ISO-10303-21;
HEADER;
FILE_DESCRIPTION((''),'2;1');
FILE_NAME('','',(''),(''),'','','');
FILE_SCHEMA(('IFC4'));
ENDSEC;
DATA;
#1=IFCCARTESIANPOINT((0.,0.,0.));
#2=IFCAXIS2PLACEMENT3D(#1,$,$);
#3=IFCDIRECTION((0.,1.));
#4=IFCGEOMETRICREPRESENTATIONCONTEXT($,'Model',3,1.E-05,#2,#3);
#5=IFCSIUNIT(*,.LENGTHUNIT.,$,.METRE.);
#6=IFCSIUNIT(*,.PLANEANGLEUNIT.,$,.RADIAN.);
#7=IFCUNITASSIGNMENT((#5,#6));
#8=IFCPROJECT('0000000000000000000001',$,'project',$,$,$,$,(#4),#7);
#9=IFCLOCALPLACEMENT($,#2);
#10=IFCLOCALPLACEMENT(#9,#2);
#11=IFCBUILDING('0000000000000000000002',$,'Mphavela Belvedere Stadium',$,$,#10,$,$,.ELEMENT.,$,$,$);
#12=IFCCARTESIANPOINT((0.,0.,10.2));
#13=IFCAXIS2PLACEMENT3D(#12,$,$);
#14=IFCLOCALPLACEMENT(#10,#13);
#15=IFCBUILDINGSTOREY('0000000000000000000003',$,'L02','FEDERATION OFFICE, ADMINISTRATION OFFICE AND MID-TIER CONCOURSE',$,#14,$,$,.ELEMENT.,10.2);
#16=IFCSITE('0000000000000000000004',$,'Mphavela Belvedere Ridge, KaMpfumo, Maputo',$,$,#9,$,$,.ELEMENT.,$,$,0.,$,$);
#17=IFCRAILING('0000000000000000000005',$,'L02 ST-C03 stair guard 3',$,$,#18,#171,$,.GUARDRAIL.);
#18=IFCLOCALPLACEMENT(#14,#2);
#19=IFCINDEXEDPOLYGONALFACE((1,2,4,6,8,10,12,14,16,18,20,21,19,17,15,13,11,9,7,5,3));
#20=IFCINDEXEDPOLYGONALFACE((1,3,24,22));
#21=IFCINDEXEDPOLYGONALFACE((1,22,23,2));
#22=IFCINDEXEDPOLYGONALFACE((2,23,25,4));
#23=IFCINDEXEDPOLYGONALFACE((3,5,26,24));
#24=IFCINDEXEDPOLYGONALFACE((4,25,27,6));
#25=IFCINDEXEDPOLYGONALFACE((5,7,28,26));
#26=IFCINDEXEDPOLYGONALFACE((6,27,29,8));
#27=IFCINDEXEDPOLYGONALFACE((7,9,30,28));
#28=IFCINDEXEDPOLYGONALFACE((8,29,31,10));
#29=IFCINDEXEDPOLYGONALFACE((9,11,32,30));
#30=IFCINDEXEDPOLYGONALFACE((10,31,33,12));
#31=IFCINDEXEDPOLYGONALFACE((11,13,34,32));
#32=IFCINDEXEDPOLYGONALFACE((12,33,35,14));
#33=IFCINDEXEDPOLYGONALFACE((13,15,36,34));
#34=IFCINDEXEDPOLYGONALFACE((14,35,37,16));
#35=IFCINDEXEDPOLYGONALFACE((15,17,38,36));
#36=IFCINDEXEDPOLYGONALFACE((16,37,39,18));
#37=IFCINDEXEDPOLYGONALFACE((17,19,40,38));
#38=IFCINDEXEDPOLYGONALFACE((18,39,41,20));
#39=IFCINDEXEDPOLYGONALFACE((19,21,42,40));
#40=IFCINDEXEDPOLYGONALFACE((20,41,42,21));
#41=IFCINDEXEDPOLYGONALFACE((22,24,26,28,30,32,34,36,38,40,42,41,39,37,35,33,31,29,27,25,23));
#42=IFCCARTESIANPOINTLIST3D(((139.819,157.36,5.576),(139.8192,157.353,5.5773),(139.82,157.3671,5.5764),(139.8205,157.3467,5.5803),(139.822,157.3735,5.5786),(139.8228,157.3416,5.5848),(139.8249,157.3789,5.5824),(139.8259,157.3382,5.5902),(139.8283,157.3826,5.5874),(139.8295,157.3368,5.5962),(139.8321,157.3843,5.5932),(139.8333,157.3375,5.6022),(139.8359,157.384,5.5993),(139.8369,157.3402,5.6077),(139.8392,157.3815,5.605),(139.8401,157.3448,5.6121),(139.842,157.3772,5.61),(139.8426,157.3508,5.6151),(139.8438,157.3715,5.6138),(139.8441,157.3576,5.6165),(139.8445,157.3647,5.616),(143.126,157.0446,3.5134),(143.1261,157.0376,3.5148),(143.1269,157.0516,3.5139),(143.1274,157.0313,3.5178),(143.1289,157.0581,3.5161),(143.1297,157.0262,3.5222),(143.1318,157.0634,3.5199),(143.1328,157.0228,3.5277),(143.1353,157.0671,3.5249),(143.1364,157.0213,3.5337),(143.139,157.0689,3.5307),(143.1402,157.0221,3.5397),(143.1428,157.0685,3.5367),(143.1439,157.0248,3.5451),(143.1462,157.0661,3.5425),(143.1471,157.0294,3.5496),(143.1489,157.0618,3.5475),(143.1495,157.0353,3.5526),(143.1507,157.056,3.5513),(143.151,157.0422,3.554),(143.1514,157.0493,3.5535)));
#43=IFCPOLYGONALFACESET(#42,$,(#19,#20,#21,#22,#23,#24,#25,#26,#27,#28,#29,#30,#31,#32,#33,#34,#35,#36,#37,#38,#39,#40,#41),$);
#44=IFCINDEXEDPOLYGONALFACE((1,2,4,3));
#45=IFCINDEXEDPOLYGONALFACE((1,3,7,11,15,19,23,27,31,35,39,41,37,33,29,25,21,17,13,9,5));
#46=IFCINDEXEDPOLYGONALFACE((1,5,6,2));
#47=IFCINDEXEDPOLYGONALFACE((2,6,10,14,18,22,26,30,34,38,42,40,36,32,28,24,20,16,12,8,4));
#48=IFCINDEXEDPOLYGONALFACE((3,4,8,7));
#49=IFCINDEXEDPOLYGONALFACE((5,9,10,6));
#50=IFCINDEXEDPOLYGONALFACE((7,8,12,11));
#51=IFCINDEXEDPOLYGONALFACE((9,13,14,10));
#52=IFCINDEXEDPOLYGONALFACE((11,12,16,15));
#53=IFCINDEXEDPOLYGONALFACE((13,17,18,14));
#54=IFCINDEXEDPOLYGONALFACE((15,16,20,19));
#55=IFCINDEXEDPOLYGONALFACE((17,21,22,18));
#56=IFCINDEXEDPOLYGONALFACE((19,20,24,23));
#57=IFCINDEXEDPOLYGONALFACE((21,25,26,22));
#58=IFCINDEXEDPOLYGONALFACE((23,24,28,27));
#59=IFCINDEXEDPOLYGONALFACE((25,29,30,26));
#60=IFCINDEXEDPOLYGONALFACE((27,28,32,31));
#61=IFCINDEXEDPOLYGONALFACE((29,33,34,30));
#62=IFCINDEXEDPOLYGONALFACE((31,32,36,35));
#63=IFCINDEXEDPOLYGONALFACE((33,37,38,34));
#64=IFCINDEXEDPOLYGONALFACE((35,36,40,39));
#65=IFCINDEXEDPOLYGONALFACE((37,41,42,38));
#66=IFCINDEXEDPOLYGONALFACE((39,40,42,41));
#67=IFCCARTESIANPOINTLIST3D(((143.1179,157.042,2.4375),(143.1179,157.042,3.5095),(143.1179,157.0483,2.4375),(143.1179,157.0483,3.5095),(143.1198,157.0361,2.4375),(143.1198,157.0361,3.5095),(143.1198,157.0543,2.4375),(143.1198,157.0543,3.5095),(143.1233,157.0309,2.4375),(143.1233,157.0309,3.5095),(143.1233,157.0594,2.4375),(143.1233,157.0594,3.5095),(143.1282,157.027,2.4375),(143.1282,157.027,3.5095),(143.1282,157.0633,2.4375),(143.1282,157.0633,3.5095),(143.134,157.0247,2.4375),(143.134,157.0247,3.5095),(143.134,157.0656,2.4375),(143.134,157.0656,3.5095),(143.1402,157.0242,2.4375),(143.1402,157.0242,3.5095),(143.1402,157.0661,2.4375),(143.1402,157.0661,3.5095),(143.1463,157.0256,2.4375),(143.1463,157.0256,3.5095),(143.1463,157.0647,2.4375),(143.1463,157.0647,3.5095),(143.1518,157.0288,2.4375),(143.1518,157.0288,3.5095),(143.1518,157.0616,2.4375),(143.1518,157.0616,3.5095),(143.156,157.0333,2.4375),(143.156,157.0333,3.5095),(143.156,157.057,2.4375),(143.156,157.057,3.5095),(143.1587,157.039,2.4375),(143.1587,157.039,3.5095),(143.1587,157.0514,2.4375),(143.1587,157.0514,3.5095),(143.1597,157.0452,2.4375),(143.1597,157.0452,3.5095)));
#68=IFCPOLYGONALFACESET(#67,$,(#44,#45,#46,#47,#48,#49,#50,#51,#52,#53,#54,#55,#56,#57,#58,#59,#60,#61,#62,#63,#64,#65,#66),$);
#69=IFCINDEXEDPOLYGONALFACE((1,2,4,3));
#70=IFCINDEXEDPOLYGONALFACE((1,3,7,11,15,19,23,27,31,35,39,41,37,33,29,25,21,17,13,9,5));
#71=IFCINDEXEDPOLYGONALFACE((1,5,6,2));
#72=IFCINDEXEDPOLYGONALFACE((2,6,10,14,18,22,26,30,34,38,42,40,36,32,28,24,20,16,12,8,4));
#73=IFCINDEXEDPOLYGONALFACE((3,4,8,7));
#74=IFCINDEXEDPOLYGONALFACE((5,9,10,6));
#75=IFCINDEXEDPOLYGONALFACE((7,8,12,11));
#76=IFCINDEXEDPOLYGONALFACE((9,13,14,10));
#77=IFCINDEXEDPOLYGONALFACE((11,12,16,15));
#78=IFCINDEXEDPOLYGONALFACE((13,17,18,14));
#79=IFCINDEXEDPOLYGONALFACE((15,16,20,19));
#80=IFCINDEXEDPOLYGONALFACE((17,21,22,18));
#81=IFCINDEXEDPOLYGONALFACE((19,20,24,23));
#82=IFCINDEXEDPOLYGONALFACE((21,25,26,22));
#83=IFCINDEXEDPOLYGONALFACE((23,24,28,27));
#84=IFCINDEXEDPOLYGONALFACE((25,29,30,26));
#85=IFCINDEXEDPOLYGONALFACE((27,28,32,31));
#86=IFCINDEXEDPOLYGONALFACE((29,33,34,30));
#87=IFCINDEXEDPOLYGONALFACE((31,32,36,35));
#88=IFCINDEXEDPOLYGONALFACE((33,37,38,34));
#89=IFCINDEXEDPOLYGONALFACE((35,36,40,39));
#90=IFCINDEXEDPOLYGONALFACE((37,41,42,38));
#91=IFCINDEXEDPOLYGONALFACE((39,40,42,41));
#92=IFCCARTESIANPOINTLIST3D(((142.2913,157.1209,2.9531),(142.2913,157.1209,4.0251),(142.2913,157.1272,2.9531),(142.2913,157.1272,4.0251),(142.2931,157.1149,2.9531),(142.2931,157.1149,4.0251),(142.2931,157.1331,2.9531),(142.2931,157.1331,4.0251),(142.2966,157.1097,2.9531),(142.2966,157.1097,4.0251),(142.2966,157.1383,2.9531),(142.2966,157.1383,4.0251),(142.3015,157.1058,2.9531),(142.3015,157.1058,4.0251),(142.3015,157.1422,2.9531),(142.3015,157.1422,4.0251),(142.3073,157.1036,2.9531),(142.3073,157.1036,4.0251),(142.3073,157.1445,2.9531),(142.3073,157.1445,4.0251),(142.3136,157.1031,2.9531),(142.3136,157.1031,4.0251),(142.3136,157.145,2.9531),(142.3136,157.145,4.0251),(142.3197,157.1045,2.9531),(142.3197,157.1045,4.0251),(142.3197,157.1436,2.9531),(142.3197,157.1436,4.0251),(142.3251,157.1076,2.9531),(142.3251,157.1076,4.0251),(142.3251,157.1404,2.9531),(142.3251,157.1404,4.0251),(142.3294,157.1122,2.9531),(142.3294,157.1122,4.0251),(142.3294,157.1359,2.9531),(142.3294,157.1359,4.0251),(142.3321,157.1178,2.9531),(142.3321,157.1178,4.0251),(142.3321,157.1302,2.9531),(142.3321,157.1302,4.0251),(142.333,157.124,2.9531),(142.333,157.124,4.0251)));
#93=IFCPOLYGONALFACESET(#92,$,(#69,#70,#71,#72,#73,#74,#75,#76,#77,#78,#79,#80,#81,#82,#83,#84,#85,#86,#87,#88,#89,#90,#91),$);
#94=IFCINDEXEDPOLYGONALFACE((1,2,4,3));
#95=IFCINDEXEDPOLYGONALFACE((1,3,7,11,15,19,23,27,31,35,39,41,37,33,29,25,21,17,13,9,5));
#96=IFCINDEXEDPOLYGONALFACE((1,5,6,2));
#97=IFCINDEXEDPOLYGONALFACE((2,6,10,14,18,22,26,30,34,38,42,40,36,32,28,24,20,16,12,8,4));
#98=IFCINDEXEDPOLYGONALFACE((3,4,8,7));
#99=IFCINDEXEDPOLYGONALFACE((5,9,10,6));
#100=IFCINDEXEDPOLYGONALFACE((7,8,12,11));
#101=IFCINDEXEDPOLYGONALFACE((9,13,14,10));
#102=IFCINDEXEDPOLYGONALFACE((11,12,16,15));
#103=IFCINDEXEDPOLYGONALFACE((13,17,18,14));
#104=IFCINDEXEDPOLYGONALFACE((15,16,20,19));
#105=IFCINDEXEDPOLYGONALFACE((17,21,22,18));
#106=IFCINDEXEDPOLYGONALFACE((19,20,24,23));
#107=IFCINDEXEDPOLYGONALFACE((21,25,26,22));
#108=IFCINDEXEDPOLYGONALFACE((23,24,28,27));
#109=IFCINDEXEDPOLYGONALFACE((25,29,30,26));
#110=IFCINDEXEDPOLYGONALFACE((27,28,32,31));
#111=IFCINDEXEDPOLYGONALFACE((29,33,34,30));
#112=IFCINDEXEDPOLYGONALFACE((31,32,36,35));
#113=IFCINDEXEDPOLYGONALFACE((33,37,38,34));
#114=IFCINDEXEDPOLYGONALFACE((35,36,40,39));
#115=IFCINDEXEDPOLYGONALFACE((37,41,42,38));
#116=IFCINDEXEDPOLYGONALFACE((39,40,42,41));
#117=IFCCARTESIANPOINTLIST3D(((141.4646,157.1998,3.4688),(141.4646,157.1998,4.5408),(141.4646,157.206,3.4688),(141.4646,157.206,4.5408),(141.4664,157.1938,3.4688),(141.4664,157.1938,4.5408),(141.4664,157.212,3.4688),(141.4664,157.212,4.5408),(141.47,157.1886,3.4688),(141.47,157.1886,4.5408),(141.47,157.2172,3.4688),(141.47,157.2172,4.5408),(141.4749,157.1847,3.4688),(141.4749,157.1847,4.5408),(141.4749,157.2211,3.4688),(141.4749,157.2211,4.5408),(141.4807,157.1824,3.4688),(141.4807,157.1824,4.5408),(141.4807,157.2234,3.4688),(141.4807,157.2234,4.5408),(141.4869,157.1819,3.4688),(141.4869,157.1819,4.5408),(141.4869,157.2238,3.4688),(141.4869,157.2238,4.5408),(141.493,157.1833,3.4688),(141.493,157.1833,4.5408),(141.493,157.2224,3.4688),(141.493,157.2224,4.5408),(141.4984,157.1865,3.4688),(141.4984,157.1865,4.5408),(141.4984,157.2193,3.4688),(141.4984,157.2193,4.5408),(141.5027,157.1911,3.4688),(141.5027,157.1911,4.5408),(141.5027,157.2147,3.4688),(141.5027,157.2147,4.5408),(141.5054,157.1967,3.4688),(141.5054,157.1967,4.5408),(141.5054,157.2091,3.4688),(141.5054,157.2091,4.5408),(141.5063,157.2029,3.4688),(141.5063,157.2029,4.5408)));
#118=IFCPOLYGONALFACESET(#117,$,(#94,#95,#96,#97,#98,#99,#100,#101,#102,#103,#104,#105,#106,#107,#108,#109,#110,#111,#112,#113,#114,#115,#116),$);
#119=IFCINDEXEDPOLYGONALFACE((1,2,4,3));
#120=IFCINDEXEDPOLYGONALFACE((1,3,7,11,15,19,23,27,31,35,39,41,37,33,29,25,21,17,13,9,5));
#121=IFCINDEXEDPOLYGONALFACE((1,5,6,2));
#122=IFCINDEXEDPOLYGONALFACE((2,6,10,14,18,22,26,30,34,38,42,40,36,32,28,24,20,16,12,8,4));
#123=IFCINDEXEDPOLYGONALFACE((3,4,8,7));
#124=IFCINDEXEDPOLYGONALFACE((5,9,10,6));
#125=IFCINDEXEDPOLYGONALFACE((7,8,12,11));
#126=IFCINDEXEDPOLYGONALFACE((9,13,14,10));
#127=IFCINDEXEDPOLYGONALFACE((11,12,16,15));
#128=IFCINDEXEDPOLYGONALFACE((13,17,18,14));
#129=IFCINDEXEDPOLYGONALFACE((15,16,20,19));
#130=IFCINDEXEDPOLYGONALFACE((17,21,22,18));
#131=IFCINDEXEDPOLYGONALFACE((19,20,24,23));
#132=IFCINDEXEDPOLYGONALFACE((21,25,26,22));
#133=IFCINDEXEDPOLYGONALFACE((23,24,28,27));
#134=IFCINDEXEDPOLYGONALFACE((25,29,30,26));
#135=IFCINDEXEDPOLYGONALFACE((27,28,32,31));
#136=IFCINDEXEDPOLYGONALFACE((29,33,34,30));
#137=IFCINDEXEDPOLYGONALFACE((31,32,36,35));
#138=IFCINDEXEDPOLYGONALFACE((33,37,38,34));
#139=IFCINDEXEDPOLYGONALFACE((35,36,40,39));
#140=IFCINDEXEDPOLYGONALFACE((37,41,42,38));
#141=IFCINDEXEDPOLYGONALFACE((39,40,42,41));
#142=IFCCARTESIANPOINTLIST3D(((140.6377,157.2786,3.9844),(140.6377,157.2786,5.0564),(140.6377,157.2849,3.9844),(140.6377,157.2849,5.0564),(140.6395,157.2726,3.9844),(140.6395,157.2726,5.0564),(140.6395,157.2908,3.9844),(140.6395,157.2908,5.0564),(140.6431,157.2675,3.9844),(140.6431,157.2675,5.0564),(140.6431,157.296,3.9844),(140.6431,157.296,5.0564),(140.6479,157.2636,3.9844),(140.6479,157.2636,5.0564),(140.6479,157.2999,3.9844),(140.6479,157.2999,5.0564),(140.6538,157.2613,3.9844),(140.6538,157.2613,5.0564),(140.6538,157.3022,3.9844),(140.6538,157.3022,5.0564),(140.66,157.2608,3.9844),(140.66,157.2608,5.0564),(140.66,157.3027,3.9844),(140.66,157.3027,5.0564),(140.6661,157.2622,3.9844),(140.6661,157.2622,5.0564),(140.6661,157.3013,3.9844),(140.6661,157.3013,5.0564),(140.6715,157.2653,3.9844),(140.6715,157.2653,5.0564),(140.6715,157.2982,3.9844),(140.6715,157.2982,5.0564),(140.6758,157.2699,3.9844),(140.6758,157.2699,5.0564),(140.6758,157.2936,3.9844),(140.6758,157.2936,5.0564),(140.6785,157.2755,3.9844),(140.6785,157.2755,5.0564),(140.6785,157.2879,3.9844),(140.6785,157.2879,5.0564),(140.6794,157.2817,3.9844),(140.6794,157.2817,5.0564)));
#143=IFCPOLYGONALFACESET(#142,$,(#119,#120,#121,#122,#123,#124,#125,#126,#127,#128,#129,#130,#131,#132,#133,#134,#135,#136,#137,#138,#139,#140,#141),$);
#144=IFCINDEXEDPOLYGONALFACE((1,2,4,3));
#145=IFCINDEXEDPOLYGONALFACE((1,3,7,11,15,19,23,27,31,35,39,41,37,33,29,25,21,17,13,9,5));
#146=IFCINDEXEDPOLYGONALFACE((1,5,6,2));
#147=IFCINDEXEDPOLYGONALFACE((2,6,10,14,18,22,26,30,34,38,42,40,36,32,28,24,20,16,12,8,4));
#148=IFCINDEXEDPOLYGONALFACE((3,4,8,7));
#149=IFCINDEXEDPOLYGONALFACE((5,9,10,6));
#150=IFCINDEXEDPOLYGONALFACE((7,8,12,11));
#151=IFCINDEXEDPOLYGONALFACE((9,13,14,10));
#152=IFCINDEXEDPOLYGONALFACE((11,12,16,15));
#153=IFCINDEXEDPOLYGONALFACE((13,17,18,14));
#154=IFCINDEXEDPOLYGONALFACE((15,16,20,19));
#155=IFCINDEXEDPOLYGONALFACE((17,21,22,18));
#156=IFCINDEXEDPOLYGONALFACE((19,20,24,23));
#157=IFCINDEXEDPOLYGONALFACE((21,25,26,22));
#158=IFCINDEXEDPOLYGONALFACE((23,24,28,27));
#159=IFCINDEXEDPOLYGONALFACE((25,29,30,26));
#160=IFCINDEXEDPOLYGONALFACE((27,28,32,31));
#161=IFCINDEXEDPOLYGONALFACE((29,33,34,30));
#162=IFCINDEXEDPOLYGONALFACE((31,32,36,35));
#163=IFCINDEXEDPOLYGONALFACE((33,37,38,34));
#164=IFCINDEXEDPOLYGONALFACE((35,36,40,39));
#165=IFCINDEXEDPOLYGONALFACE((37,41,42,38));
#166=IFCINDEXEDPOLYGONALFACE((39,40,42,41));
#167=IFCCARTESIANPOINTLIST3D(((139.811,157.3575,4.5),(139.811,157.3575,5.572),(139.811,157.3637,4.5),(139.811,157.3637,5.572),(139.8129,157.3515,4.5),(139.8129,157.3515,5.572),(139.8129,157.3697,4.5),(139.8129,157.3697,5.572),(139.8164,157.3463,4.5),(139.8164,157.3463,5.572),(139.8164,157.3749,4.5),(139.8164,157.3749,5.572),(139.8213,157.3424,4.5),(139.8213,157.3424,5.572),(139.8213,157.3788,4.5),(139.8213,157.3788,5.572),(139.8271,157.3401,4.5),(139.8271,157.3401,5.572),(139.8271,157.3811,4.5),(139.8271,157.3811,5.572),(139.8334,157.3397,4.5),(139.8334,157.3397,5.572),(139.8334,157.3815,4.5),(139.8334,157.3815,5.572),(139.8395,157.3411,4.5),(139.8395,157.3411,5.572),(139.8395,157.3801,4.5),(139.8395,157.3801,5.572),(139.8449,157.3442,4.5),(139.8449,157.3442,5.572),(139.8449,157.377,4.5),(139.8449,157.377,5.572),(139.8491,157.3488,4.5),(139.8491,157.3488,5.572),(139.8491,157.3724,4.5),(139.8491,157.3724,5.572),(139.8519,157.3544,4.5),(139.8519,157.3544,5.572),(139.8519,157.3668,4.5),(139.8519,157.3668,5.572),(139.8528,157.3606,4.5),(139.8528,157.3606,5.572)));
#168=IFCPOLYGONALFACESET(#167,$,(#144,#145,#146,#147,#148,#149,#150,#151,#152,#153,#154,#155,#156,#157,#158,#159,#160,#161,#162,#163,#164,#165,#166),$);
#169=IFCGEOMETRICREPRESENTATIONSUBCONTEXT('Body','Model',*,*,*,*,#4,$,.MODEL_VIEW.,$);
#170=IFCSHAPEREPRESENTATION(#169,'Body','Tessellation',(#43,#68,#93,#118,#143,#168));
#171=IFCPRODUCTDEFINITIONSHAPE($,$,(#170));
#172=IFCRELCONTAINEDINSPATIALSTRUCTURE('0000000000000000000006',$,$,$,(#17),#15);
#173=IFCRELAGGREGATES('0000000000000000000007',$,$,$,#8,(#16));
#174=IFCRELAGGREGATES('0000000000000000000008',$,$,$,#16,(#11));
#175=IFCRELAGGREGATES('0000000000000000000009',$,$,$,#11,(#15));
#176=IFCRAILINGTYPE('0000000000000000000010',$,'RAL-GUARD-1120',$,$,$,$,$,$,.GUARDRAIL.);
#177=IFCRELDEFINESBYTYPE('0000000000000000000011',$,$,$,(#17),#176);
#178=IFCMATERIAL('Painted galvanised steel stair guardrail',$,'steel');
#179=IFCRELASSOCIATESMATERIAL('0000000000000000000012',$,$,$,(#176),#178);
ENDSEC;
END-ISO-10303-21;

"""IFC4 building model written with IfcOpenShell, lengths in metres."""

from ifc_helpers import new_model, si_unit, direction, frame, origin, origin_2d, place, context, subcontext, project, spatial, circle, extrude, material, type_object, element, save


model = new_model("IFC4")

# Units and contexts
model_context = context("Model", 3, precision=1e-05, world=origin(), true_north=direction((0.0, 1.0)))
body_context = subcontext(model_context, "Body", "Model", "MODEL_VIEW")
ifc_project = project(units=[si_unit("LENGTHUNIT", "METRE"), si_unit("PLANEANGLEUNIT", "RADIAN")], contexts=[model_context])

# Site, building, storey
site_placement = place(None, origin())
site = spatial("IfcSite", under=ifc_project, at=site_placement, Name="Mphavela Belvedere Ridge, KaMpfumo, Maputo", CompositionType="ELEMENT", RefElevation=0.0)
building_placement = place(site_placement, origin())
building = spatial("IfcBuilding", under=site, at=building_placement, Name="Mphavela Belvedere Stadium", CompositionType="ELEMENT")
storey_placement = place(building_placement, frame((0.0, 0.0, 10.2)))
storey = spatial("IfcBuildingStorey", under=building, at=storey_placement, Name="L02", Description="FEDERATION OFFICE, ADMINISTRATION OFFICE AND MID-TIER CONCOURSE", CompositionType="ELEMENT", Elevation=10.2)

# Railing
ifc_material_1 = material(Name="Painted galvanised steel stair guardrail", Category="steel")
railing_type_1 = type_object("IfcRailingType", Name="RAL-GUARD-1120", PredefinedType="GUARDRAIL", material=ifc_material_1)
railing_1_placement = place(storey_placement, frame((143.1387, 157.0452, 2.4375)))
element("IfcRailing", 1, at=railing_1_placement, inside=storey, type_object=railing_type_1, Name="L02 ST-C03 stair guard 3", PredefinedType="GUARDRAIL", context=body_context, shape_type="SweptSolid", body=[
    extrude(circle(Radius=0.0239, at=origin_2d()), frame((0.0, 0.0, 1.0962), z_axis=(-0.845729, 0.08067, 0.52748), x_axis=(-0.094955, -0.995482, 0.0)), (0.0, 0.0, 1.0), 3.9102),
    extrude(circle(Radius=0.021, at=origin_2d()), origin(), (0.0, 0.0, 1.0), 1.072),
    extrude(circle(Radius=0.021, at=origin_2d()), frame((-0.8267, 0.0789, 0.5156)), (0.0, 0.0, 1.0), 1.072),
    extrude(circle(Radius=0.021, at=origin_2d()), frame((-1.6533, 0.1577, 1.0312)), (0.0, 0.0, 1.0), 1.072),
    extrude(circle(Radius=0.021, at=origin_2d()), frame((-2.4802, 0.2366, 1.5469)), (0.0, 0.0, 1.0), 1.072),
    extrude(circle(Radius=0.021, at=origin_2d()), frame((-3.3069, 0.3154, 2.0625)), (0.0, 0.0, 1.0), 1.072),
])

save(model, "model.ifc")
